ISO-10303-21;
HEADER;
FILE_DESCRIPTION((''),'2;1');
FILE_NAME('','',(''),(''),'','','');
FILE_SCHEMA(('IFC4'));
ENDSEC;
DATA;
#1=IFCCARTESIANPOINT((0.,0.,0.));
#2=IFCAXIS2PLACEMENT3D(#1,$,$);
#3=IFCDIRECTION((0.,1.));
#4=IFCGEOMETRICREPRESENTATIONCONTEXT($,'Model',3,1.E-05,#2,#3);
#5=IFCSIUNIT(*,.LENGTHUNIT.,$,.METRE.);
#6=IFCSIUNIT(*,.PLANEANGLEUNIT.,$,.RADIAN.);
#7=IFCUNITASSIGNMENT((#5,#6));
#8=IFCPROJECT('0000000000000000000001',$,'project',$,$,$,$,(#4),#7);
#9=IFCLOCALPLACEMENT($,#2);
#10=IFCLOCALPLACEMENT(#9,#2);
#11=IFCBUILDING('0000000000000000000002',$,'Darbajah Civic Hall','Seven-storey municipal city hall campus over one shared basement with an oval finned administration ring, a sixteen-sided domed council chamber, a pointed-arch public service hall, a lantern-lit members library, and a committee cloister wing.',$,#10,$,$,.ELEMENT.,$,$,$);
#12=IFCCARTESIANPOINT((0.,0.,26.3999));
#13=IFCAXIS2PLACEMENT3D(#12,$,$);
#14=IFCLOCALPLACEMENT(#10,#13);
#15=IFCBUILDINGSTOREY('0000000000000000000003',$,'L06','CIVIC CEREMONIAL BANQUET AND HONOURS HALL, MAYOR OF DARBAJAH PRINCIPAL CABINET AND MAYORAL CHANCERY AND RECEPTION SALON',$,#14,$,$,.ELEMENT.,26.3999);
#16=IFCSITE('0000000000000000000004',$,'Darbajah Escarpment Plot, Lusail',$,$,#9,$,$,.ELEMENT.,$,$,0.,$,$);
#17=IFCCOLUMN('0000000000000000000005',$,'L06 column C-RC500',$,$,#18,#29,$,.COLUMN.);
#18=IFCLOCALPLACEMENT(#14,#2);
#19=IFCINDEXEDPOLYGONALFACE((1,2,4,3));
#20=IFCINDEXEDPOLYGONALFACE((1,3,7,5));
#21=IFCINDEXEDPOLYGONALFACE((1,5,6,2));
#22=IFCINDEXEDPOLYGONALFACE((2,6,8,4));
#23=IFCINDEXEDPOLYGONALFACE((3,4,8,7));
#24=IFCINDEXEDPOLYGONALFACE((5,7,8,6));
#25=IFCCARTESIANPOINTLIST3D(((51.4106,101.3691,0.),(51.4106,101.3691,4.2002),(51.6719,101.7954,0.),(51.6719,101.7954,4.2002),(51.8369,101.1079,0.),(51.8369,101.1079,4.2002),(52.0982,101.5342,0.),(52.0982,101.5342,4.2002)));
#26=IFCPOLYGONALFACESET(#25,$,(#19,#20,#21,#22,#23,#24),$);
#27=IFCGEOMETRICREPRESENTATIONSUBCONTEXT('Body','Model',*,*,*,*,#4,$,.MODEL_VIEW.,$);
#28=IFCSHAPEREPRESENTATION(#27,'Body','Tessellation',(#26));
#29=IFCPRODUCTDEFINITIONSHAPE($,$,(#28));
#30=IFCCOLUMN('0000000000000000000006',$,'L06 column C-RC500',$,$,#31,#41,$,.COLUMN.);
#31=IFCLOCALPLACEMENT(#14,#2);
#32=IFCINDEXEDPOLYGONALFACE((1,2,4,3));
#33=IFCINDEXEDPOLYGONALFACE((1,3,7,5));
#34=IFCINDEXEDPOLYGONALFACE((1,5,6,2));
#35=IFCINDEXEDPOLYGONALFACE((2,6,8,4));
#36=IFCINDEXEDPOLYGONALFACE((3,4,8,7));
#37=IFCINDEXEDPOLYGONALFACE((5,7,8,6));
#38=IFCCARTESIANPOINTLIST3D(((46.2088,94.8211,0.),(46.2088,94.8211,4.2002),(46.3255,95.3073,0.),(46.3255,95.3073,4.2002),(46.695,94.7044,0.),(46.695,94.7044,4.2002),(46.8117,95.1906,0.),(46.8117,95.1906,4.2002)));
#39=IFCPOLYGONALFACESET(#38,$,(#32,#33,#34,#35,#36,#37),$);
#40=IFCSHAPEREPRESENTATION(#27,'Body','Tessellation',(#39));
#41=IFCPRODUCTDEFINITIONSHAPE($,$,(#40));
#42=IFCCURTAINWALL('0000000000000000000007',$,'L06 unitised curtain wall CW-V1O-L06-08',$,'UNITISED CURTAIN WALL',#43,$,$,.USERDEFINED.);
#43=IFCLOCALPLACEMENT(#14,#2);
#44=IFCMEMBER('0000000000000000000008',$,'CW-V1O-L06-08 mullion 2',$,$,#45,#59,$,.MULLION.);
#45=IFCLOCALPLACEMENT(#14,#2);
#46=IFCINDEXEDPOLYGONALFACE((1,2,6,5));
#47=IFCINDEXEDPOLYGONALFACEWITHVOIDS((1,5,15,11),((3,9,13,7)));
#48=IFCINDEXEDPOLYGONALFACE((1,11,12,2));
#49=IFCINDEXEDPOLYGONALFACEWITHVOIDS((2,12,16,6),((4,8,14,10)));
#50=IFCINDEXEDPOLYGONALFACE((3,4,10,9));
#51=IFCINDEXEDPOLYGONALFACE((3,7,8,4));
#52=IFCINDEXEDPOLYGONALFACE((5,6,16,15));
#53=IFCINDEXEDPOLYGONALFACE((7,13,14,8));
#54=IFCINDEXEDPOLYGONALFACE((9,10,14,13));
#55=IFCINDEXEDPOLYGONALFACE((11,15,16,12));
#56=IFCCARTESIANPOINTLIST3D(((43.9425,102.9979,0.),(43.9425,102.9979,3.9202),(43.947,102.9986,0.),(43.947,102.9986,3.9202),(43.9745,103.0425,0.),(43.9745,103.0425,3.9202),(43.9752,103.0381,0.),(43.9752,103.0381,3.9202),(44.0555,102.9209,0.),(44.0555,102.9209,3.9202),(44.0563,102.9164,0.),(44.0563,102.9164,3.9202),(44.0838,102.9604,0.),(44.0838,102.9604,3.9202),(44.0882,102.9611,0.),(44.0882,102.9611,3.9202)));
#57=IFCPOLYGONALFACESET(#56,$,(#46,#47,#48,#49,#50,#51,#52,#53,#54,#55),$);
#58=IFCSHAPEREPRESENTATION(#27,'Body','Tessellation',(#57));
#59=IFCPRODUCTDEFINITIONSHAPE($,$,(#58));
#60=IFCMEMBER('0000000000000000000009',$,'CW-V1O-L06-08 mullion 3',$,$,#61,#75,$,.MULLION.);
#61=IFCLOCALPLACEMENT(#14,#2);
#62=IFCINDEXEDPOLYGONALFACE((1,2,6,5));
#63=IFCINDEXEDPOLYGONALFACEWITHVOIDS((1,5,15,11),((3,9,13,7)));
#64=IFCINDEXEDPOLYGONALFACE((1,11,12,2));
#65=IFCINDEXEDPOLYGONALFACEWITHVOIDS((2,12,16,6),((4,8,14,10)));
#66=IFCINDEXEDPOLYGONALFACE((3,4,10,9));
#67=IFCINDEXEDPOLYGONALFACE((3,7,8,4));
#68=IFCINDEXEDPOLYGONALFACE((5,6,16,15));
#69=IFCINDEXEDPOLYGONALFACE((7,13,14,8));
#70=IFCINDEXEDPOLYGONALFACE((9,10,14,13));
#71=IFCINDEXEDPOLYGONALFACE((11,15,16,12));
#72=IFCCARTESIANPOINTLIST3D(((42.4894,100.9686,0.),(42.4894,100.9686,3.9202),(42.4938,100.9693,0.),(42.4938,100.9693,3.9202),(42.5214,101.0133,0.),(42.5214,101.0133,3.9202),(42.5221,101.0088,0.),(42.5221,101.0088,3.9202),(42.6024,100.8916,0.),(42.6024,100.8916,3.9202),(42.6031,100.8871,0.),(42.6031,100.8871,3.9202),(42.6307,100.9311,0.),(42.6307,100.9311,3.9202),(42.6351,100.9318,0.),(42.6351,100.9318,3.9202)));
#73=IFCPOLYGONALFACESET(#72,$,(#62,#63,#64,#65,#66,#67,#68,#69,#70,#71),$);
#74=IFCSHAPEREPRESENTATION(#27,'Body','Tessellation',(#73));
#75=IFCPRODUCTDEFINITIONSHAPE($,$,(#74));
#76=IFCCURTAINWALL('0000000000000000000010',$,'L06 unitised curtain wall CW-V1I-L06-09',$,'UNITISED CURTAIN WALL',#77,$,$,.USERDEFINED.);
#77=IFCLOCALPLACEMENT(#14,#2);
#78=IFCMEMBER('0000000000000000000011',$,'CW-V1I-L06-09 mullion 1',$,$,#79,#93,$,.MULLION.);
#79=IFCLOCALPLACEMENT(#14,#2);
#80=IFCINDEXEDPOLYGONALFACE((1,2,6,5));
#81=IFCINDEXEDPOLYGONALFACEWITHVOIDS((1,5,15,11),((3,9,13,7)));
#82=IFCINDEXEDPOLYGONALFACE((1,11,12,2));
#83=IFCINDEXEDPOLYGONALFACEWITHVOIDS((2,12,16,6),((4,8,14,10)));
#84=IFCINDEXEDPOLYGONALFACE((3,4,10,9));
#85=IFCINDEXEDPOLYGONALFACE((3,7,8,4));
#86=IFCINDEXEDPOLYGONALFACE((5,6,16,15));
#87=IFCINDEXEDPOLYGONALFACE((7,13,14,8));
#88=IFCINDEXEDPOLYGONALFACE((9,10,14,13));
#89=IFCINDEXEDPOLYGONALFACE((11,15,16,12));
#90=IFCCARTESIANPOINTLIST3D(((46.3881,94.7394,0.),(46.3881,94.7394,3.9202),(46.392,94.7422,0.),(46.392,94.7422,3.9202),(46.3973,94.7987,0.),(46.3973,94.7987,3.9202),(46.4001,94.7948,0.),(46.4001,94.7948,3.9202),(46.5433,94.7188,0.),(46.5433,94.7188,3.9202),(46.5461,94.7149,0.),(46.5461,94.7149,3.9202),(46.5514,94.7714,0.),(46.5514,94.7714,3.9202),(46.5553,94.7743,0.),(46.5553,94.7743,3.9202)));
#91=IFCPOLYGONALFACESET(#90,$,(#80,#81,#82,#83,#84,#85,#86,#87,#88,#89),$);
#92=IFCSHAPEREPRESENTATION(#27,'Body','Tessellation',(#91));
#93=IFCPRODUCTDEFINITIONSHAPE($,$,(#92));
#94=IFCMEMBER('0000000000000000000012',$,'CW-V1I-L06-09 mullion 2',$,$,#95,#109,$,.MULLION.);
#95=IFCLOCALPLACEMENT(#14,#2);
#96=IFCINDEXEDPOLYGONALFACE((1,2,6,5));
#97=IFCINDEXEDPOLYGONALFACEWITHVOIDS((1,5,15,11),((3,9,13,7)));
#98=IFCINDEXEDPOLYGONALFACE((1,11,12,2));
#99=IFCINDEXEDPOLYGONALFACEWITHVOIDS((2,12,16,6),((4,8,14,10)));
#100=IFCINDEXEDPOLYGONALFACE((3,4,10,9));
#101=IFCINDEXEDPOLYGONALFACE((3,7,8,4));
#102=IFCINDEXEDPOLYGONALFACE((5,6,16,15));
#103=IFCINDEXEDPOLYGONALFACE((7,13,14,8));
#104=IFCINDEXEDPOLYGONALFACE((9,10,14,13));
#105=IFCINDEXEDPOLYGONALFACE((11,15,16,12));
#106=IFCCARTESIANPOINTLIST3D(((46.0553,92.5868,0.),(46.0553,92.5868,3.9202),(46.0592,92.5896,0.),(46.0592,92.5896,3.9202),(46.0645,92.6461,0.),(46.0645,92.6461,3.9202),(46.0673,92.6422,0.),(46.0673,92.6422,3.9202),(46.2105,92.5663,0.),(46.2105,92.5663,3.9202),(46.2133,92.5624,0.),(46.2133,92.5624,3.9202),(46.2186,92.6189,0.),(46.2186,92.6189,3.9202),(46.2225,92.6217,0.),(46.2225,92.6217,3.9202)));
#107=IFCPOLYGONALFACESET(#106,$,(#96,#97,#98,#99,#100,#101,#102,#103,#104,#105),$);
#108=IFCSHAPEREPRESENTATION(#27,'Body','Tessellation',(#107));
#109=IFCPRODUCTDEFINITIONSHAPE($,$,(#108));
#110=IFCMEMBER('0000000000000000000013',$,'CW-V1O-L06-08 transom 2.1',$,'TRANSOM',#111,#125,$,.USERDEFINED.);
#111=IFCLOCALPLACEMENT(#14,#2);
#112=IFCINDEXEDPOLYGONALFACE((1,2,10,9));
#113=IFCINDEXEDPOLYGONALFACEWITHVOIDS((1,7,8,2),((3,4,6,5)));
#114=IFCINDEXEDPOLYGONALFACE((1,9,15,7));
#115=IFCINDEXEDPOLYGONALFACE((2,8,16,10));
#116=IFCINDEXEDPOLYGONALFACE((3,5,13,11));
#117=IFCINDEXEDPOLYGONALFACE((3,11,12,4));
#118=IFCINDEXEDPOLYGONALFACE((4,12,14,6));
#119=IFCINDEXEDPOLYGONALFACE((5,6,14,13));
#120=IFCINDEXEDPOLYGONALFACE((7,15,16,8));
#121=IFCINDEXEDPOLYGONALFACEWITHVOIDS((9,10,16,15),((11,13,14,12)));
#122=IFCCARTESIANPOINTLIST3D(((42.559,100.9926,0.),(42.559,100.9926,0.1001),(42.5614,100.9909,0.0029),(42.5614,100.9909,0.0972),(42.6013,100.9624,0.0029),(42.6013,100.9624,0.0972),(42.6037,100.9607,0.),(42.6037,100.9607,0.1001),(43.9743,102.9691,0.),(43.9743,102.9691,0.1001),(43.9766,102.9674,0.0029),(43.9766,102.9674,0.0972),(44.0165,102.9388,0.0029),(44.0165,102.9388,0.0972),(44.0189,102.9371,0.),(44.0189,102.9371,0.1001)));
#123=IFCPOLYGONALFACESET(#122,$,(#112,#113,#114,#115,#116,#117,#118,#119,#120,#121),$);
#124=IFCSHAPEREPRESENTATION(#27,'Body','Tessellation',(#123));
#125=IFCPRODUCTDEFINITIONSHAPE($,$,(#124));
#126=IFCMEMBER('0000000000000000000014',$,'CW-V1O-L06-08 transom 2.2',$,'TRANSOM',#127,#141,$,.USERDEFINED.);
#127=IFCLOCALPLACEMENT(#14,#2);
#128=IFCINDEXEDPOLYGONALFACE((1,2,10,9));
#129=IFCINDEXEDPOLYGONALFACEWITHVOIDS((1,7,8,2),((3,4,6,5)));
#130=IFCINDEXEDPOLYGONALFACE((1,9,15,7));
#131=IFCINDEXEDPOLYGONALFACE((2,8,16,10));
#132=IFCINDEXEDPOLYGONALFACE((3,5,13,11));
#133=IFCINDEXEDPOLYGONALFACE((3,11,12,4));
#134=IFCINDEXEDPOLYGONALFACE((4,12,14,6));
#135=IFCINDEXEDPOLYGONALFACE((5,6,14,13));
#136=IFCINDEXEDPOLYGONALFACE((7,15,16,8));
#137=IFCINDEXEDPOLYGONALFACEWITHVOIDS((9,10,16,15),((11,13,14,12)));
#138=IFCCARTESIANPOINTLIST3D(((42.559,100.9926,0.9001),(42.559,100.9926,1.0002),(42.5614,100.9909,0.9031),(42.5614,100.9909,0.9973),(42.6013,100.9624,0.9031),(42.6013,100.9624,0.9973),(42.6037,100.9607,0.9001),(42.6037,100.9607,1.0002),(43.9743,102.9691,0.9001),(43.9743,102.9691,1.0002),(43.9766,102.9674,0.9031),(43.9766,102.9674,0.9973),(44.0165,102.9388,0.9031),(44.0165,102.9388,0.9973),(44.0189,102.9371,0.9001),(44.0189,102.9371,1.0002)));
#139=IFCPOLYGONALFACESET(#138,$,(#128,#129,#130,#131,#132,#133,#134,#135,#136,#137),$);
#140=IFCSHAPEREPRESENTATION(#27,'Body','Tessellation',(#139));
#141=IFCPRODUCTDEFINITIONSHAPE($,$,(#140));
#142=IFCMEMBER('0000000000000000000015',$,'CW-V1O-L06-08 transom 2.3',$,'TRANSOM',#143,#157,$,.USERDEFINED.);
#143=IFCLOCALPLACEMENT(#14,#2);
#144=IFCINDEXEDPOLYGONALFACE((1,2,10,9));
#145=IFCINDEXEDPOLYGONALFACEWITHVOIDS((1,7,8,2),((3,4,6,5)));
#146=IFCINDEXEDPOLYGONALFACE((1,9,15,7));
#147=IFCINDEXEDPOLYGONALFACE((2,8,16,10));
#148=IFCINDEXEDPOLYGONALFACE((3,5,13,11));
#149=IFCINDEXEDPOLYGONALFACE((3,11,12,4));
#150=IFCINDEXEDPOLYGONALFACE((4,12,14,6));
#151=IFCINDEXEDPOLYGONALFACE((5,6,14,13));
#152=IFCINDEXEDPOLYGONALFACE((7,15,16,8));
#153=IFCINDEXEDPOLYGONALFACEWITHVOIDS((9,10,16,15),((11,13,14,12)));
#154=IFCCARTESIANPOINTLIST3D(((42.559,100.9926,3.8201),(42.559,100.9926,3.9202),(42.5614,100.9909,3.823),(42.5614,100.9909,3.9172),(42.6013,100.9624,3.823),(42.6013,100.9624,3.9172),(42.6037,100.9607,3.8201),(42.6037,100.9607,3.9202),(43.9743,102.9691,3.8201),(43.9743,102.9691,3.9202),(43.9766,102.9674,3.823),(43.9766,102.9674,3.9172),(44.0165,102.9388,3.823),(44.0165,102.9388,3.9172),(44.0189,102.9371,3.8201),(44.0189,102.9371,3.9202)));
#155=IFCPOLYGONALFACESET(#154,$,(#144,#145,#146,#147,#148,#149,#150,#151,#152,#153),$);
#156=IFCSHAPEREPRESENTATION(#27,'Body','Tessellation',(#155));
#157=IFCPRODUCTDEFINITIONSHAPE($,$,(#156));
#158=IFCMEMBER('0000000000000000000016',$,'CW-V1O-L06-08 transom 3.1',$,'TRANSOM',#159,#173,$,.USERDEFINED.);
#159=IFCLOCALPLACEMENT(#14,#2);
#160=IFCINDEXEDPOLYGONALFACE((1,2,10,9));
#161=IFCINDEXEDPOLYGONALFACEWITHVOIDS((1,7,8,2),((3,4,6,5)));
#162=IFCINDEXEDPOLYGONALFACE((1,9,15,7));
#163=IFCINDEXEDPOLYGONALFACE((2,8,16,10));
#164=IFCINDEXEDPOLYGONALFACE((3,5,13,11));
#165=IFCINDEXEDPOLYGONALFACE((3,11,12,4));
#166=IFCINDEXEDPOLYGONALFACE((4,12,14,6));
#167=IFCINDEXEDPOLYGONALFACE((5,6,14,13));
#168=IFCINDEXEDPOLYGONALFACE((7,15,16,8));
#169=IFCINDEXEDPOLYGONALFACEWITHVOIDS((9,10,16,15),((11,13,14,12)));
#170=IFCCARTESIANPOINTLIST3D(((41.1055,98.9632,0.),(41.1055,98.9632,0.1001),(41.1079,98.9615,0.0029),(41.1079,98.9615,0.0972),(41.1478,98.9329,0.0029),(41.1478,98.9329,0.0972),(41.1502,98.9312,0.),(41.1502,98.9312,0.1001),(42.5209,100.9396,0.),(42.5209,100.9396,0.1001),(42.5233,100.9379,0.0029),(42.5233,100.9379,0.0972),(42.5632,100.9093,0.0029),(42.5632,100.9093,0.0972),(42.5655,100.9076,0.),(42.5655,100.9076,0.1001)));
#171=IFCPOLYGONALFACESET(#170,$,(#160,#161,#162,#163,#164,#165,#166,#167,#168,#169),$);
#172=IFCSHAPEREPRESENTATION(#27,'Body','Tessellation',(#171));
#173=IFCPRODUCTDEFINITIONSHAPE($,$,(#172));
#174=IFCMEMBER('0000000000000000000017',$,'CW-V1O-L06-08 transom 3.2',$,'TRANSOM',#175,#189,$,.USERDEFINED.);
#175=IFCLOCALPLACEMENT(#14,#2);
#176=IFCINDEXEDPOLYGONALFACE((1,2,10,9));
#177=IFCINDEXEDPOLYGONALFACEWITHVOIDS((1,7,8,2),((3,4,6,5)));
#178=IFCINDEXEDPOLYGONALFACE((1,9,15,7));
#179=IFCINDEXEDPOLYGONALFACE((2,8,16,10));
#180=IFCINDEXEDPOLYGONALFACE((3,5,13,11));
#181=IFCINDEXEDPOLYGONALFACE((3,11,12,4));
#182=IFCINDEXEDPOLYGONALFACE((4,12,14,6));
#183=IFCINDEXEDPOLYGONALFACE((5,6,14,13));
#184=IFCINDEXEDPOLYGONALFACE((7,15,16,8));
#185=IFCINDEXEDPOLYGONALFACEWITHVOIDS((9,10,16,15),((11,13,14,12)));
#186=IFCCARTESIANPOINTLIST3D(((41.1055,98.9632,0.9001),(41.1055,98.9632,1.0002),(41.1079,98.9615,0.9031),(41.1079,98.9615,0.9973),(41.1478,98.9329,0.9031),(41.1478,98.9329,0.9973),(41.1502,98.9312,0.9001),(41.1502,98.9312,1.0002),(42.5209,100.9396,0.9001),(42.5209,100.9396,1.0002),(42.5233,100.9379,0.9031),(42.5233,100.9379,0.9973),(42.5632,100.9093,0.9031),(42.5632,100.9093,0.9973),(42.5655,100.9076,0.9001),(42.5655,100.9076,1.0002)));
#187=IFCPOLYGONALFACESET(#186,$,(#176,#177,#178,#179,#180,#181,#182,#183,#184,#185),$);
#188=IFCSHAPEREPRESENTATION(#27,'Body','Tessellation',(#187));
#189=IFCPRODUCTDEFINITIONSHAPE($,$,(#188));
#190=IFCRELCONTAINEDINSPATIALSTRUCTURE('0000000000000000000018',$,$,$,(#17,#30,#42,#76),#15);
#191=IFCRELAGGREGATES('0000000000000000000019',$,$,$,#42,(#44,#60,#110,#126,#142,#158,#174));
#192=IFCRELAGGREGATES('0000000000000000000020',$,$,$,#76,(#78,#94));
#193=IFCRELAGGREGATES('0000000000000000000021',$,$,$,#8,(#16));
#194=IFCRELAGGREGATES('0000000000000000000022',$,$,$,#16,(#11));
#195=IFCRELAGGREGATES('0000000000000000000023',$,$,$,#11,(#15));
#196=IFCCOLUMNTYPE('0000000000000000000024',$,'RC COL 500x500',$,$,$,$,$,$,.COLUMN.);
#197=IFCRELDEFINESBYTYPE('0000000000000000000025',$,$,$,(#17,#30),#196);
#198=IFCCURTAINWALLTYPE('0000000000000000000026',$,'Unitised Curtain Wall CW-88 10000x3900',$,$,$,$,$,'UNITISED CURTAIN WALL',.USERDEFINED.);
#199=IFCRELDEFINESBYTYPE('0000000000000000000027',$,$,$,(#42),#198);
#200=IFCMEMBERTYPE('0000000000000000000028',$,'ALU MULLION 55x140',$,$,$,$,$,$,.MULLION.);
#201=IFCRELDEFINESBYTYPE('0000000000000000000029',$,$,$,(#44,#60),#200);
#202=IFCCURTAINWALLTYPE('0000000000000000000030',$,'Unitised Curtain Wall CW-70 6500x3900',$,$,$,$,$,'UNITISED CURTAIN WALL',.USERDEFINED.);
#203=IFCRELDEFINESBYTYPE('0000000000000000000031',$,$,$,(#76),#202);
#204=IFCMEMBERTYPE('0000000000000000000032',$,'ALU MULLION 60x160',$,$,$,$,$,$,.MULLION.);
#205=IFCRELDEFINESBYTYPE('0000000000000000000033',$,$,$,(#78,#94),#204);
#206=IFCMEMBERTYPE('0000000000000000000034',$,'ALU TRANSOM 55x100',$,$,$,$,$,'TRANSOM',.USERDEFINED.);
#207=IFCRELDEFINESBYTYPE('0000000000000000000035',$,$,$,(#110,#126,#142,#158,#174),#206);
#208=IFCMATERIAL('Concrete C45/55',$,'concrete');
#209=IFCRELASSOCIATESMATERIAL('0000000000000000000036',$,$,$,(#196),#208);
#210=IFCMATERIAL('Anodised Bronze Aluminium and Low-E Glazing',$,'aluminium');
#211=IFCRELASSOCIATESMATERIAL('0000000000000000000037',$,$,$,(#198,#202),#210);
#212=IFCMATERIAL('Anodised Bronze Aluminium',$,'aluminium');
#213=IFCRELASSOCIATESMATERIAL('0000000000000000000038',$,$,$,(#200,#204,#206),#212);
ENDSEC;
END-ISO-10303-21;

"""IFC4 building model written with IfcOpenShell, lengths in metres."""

from ifc_helpers import new_model, si_unit, direction, frame, origin, origin_2d, place, context, subcontext, project, spatial, rectangle, hollow_rectangle, extrude, material, material_profile, profile_set, type_object, element, aggregate, save


model = new_model("IFC4")

# Units and contexts
model_context = context("Model", 3, precision=1e-05, world=origin(), true_north=direction((0.0, 1.0)))
body_context = subcontext(model_context, "Body", "Model", "MODEL_VIEW")
ifc_project = project(units=[si_unit("LENGTHUNIT", "METRE"), si_unit("PLANEANGLEUNIT", "RADIAN")], contexts=[model_context])

# Site, building, storey
site_placement = place(None, origin())
site = spatial("IfcSite", under=ifc_project, at=site_placement, Name="Darbajah Escarpment Plot, Lusail", CompositionType="ELEMENT", RefElevation=0.0)
building_placement = place(site_placement, origin())
building = spatial("IfcBuilding", under=site, at=building_placement, Name="Darbajah Civic Hall", Description="Seven-storey municipal city hall campus over one shared basement with an oval finned administration ring, a sixteen-sided domed council chamber, a pointed-arch public service hall, a lantern-lit members library, and a committee cloister wing.", CompositionType="ELEMENT")
storey_placement = place(building_placement, frame((0.0, 0.0, 26.3999)))
storey = spatial("IfcBuildingStorey", under=building, at=storey_placement, Name="L06", Description="CIVIC CEREMONIAL BANQUET AND HONOURS HALL, MAYOR OF DARBAJAH PRINCIPAL CABINET AND MAYORAL CHANCERY AND RECEPTION SALON", CompositionType="ELEMENT", Elevation=26.3999)

# Columns
ifc_material_1 = material(Name="Concrete C45/55", Category="concrete")
ifc_material_profile_1 = material_profile(ifc_material_1, rectangle(XDim=0.5, YDim=0.5, at=origin_2d()), Name="RC COL 500x500")
ifc_profile_set_1 = profile_set([ifc_material_profile_1], Name="Concrete C45/55")
column_type = type_object("IfcColumnType", Name="RC COL 500x500", PredefinedType="COLUMN", material=ifc_profile_set_1)
for number, where, z_axis, x_axis, name in (
    (1, (51.7544, 101.4517, 0.0), (0.0, 0.0, 1.0), (-0.85264, 0.522499, 0.0), "L06 column C-RC500"),
    (2, (46.5103, 95.0059, 0.0), (0.0, 0.0, 1.0), (-0.97237, 0.233445, 0.0), "L06 column C-RC500"),
):
    element("IfcColumn", number, at=place(storey_placement, frame(where, z_axis=z_axis, x_axis=x_axis)), inside=storey, type_object=column_type, Name=name, PredefinedType="COLUMN", context=body_context, shape_type="SweptSolid", body=[
        extrude(rectangle(XDim=0.5, YDim=0.5, at=origin_2d()), origin(), (0.0, 0.0, 1.0), 4.2002),
    ])

# Curtain walls, members
ifc_material_2 = material(Name="Anodised Bronze Aluminium and Low-E Glazing", Category="aluminium")
curtain_wall_type_1 = type_object("IfcCurtainWallType", Name="Unitised Curtain Wall CW-88 10000x3900", ElementType="UNITISED CURTAIN WALL", PredefinedType="USERDEFINED", material=ifc_material_2)
curtain_wall_1_placement = place(storey_placement, origin())
curtain_wall_1 = element("IfcCurtainWall", 3, at=curtain_wall_1_placement, inside=storey, type_object=curtain_wall_type_1, Name="L06 unitised curtain wall CW-V1O-L06-08", ObjectType="UNITISED CURTAIN WALL", PredefinedType="USERDEFINED")
ifc_material_3 = material(Name="Anodised Bronze Aluminium", Category="aluminium")
ifc_material_profile_2 = material_profile(ifc_material_3, hollow_rectangle(XDim=0.0549, YDim=0.1399, WallThickness=0.0032, at=origin_2d()), Name="ALU MULLION 55x140")
ifc_profile_set_2 = profile_set([ifc_material_profile_2], Name="Anodised Bronze Aluminium")
member_type_1 = type_object("IfcMemberType", Name="ALU MULLION 55x140", PredefinedType="MULLION", material=ifc_profile_set_2)
member_1_placement = place(storey_placement, frame((44.0154, 102.9795, 0.0), z_axis=(0.0, 0.0, 1.0), x_axis=(-0.582265, -0.812999, 0.0)))
member_1 = element("IfcMember", 4, at=member_1_placement, type_object=member_type_1, Name="CW-V1O-L06-08 mullion 2", PredefinedType="MULLION", context=body_context, shape_type="SweptSolid", body=[
    extrude(hollow_rectangle(XDim=0.0549, YDim=0.1399, WallThickness=0.0032, at=origin_2d()), origin(), (0.0, 0.0, 1.0), 3.9202),
])
member_2_placement = place(storey_placement, frame((42.5623, 100.9502, 0.0), z_axis=(0.0, 0.0, 1.0), x_axis=(-0.582265, -0.812999, 0.0)))
member_2 = element("IfcMember", 5, at=member_2_placement, type_object=member_type_1, Name="CW-V1O-L06-08 mullion 3", PredefinedType="MULLION", context=body_context, shape_type="SweptSolid", body=[
    extrude(hollow_rectangle(XDim=0.0549, YDim=0.1399, WallThickness=0.0032, at=origin_2d()), origin(), (0.0, 0.0, 1.0), 3.9202),
])
curtain_wall_type_2 = type_object("IfcCurtainWallType", Name="Unitised Curtain Wall CW-70 6500x3900", ElementType="UNITISED CURTAIN WALL", PredefinedType="USERDEFINED", material=ifc_material_2)
curtain_wall_2_placement = place(storey_placement, origin())
curtain_wall_2 = element("IfcCurtainWall", 6, at=curtain_wall_2_placement, inside=storey, type_object=curtain_wall_type_2, Name="L06 unitised curtain wall CW-V1I-L06-09", ObjectType="UNITISED CURTAIN WALL", PredefinedType="USERDEFINED")
ifc_material_profile_3 = material_profile(ifc_material_3, hollow_rectangle(XDim=0.0601, YDim=0.1599, WallThickness=0.0034, at=origin_2d()), Name="ALU MULLION 60x160")
ifc_profile_set_3 = profile_set([ifc_material_profile_3], Name="Anodised Bronze Aluminium")
member_type_2 = type_object("IfcMemberType", Name="ALU MULLION 60x160", PredefinedType="MULLION", material=ifc_profile_set_3)
member_3_placement = place(storey_placement, frame((46.4717, 94.7568, 0.0), z_axis=(0.0, 0.0, 1.0), x_axis=(-0.152813, -0.988255, 0.0)))
member_3 = element("IfcMember", 7, at=member_3_placement, type_object=member_type_2, Name="CW-V1I-L06-09 mullion 1", PredefinedType="MULLION", context=body_context, shape_type="SweptSolid", body=[
    extrude(hollow_rectangle(XDim=0.0601, YDim=0.1599, WallThickness=0.0034, at=origin_2d()), origin(), (0.0, 0.0, 1.0), 3.9202),
])
member_4_placement = place(storey_placement, frame((46.1389, 92.6042, 0.0), z_axis=(0.0, 0.0, 1.0), x_axis=(-0.152813, -0.988255, 0.0)))
member_4 = element("IfcMember", 8, at=member_4_placement, type_object=member_type_2, Name="CW-V1I-L06-09 mullion 2", PredefinedType="MULLION", context=body_context, shape_type="SweptSolid", body=[
    extrude(hollow_rectangle(XDim=0.0601, YDim=0.1599, WallThickness=0.0034, at=origin_2d()), origin(), (0.0, 0.0, 1.0), 3.9202),
])

# Members
ifc_material_profile_4 = material_profile(ifc_material_3, hollow_rectangle(XDim=0.0549, YDim=0.1001, WallThickness=0.0029, at=origin_2d()), Name="ALU TRANSOM 55x100")
ifc_profile_set_4 = profile_set([ifc_material_profile_4], Name="Anodised Bronze Aluminium")
member_type_3 = type_object("IfcMemberType", Name="ALU TRANSOM 55x100", ElementType="TRANSOM", PredefinedType="USERDEFINED", material=ifc_profile_set_4)
member_5_placement = place(storey_placement, frame((43.9966, 102.9531, 0.05), z_axis=(-0.582178, -0.813061, 0.0), x_axis=(0.813061, -0.582178, 0.0)))
member_5 = element("IfcMember", 9, at=member_5_placement, type_object=member_type_3, Name="CW-V1O-L06-08 transom 2.1", ObjectType="TRANSOM", PredefinedType="USERDEFINED", context=body_context, shape_type="SweptSolid", body=[
    extrude(hollow_rectangle(XDim=0.0549, YDim=0.1001, WallThickness=0.0029, at=origin_2d()), origin(), (0.0, 0.0, 1.0), 2.4309),
])
member_6_placement = place(storey_placement, frame((43.9966, 102.9531, 0.9502), z_axis=(-0.582178, -0.813061, 0.0), x_axis=(0.813061, -0.582178, 0.0)))
member_6 = element("IfcMember", 10, at=member_6_placement, type_object=member_type_3, Name="CW-V1O-L06-08 transom 2.2", ObjectType="TRANSOM", PredefinedType="USERDEFINED", context=body_context, shape_type="SweptSolid", body=[
    extrude(hollow_rectangle(XDim=0.0549, YDim=0.1001, WallThickness=0.0029, at=origin_2d()), origin(), (0.0, 0.0, 1.0), 2.4309),
])
member_7_placement = place(storey_placement, frame((43.9966, 102.9531, 3.8701), z_axis=(-0.582178, -0.813061, 0.0), x_axis=(0.813061, -0.582178, 0.0)))
member_7 = element("IfcMember", 11, at=member_7_placement, type_object=member_type_3, Name="CW-V1O-L06-08 transom 2.3", ObjectType="TRANSOM", PredefinedType="USERDEFINED", context=body_context, shape_type="SweptSolid", body=[
    extrude(hollow_rectangle(XDim=0.0549, YDim=0.1001, WallThickness=0.0029, at=origin_2d()), origin(), (0.0, 0.0, 1.0), 2.4309),
])
member_8_placement = place(storey_placement, frame((42.5432, 100.9236, 0.05), z_axis=(-0.582226, -0.813027, 0.0), x_axis=(0.813027, -0.582226, 0.0)))
member_8 = element("IfcMember", 12, at=member_8_placement, type_object=member_type_3, Name="CW-V1O-L06-08 transom 3.1", ObjectType="TRANSOM", PredefinedType="USERDEFINED", context=body_context, shape_type="SweptSolid", body=[
    extrude(hollow_rectangle(XDim=0.0549, YDim=0.1001, WallThickness=0.0029, at=origin_2d()), origin(), (0.0, 0.0, 1.0), 2.4309),
])
member_9_placement = place(storey_placement, frame((42.5432, 100.9236, 0.9502), z_axis=(-0.582226, -0.813027, 0.0), x_axis=(0.813027, -0.582226, 0.0)))
member_9 = element("IfcMember", 13, at=member_9_placement, type_object=member_type_3, Name="CW-V1O-L06-08 transom 3.2", ObjectType="TRANSOM", PredefinedType="USERDEFINED", context=body_context, shape_type="SweptSolid", body=[
    extrude(hollow_rectangle(XDim=0.0549, YDim=0.1001, WallThickness=0.0029, at=origin_2d()), origin(), (0.0, 0.0, 1.0), 2.4309),
])

aggregate(curtain_wall_1, [member_1, member_2, member_5, member_6, member_7, member_8, member_9])
aggregate(curtain_wall_2, [member_3, member_4])

save(model, "model.ifc")
